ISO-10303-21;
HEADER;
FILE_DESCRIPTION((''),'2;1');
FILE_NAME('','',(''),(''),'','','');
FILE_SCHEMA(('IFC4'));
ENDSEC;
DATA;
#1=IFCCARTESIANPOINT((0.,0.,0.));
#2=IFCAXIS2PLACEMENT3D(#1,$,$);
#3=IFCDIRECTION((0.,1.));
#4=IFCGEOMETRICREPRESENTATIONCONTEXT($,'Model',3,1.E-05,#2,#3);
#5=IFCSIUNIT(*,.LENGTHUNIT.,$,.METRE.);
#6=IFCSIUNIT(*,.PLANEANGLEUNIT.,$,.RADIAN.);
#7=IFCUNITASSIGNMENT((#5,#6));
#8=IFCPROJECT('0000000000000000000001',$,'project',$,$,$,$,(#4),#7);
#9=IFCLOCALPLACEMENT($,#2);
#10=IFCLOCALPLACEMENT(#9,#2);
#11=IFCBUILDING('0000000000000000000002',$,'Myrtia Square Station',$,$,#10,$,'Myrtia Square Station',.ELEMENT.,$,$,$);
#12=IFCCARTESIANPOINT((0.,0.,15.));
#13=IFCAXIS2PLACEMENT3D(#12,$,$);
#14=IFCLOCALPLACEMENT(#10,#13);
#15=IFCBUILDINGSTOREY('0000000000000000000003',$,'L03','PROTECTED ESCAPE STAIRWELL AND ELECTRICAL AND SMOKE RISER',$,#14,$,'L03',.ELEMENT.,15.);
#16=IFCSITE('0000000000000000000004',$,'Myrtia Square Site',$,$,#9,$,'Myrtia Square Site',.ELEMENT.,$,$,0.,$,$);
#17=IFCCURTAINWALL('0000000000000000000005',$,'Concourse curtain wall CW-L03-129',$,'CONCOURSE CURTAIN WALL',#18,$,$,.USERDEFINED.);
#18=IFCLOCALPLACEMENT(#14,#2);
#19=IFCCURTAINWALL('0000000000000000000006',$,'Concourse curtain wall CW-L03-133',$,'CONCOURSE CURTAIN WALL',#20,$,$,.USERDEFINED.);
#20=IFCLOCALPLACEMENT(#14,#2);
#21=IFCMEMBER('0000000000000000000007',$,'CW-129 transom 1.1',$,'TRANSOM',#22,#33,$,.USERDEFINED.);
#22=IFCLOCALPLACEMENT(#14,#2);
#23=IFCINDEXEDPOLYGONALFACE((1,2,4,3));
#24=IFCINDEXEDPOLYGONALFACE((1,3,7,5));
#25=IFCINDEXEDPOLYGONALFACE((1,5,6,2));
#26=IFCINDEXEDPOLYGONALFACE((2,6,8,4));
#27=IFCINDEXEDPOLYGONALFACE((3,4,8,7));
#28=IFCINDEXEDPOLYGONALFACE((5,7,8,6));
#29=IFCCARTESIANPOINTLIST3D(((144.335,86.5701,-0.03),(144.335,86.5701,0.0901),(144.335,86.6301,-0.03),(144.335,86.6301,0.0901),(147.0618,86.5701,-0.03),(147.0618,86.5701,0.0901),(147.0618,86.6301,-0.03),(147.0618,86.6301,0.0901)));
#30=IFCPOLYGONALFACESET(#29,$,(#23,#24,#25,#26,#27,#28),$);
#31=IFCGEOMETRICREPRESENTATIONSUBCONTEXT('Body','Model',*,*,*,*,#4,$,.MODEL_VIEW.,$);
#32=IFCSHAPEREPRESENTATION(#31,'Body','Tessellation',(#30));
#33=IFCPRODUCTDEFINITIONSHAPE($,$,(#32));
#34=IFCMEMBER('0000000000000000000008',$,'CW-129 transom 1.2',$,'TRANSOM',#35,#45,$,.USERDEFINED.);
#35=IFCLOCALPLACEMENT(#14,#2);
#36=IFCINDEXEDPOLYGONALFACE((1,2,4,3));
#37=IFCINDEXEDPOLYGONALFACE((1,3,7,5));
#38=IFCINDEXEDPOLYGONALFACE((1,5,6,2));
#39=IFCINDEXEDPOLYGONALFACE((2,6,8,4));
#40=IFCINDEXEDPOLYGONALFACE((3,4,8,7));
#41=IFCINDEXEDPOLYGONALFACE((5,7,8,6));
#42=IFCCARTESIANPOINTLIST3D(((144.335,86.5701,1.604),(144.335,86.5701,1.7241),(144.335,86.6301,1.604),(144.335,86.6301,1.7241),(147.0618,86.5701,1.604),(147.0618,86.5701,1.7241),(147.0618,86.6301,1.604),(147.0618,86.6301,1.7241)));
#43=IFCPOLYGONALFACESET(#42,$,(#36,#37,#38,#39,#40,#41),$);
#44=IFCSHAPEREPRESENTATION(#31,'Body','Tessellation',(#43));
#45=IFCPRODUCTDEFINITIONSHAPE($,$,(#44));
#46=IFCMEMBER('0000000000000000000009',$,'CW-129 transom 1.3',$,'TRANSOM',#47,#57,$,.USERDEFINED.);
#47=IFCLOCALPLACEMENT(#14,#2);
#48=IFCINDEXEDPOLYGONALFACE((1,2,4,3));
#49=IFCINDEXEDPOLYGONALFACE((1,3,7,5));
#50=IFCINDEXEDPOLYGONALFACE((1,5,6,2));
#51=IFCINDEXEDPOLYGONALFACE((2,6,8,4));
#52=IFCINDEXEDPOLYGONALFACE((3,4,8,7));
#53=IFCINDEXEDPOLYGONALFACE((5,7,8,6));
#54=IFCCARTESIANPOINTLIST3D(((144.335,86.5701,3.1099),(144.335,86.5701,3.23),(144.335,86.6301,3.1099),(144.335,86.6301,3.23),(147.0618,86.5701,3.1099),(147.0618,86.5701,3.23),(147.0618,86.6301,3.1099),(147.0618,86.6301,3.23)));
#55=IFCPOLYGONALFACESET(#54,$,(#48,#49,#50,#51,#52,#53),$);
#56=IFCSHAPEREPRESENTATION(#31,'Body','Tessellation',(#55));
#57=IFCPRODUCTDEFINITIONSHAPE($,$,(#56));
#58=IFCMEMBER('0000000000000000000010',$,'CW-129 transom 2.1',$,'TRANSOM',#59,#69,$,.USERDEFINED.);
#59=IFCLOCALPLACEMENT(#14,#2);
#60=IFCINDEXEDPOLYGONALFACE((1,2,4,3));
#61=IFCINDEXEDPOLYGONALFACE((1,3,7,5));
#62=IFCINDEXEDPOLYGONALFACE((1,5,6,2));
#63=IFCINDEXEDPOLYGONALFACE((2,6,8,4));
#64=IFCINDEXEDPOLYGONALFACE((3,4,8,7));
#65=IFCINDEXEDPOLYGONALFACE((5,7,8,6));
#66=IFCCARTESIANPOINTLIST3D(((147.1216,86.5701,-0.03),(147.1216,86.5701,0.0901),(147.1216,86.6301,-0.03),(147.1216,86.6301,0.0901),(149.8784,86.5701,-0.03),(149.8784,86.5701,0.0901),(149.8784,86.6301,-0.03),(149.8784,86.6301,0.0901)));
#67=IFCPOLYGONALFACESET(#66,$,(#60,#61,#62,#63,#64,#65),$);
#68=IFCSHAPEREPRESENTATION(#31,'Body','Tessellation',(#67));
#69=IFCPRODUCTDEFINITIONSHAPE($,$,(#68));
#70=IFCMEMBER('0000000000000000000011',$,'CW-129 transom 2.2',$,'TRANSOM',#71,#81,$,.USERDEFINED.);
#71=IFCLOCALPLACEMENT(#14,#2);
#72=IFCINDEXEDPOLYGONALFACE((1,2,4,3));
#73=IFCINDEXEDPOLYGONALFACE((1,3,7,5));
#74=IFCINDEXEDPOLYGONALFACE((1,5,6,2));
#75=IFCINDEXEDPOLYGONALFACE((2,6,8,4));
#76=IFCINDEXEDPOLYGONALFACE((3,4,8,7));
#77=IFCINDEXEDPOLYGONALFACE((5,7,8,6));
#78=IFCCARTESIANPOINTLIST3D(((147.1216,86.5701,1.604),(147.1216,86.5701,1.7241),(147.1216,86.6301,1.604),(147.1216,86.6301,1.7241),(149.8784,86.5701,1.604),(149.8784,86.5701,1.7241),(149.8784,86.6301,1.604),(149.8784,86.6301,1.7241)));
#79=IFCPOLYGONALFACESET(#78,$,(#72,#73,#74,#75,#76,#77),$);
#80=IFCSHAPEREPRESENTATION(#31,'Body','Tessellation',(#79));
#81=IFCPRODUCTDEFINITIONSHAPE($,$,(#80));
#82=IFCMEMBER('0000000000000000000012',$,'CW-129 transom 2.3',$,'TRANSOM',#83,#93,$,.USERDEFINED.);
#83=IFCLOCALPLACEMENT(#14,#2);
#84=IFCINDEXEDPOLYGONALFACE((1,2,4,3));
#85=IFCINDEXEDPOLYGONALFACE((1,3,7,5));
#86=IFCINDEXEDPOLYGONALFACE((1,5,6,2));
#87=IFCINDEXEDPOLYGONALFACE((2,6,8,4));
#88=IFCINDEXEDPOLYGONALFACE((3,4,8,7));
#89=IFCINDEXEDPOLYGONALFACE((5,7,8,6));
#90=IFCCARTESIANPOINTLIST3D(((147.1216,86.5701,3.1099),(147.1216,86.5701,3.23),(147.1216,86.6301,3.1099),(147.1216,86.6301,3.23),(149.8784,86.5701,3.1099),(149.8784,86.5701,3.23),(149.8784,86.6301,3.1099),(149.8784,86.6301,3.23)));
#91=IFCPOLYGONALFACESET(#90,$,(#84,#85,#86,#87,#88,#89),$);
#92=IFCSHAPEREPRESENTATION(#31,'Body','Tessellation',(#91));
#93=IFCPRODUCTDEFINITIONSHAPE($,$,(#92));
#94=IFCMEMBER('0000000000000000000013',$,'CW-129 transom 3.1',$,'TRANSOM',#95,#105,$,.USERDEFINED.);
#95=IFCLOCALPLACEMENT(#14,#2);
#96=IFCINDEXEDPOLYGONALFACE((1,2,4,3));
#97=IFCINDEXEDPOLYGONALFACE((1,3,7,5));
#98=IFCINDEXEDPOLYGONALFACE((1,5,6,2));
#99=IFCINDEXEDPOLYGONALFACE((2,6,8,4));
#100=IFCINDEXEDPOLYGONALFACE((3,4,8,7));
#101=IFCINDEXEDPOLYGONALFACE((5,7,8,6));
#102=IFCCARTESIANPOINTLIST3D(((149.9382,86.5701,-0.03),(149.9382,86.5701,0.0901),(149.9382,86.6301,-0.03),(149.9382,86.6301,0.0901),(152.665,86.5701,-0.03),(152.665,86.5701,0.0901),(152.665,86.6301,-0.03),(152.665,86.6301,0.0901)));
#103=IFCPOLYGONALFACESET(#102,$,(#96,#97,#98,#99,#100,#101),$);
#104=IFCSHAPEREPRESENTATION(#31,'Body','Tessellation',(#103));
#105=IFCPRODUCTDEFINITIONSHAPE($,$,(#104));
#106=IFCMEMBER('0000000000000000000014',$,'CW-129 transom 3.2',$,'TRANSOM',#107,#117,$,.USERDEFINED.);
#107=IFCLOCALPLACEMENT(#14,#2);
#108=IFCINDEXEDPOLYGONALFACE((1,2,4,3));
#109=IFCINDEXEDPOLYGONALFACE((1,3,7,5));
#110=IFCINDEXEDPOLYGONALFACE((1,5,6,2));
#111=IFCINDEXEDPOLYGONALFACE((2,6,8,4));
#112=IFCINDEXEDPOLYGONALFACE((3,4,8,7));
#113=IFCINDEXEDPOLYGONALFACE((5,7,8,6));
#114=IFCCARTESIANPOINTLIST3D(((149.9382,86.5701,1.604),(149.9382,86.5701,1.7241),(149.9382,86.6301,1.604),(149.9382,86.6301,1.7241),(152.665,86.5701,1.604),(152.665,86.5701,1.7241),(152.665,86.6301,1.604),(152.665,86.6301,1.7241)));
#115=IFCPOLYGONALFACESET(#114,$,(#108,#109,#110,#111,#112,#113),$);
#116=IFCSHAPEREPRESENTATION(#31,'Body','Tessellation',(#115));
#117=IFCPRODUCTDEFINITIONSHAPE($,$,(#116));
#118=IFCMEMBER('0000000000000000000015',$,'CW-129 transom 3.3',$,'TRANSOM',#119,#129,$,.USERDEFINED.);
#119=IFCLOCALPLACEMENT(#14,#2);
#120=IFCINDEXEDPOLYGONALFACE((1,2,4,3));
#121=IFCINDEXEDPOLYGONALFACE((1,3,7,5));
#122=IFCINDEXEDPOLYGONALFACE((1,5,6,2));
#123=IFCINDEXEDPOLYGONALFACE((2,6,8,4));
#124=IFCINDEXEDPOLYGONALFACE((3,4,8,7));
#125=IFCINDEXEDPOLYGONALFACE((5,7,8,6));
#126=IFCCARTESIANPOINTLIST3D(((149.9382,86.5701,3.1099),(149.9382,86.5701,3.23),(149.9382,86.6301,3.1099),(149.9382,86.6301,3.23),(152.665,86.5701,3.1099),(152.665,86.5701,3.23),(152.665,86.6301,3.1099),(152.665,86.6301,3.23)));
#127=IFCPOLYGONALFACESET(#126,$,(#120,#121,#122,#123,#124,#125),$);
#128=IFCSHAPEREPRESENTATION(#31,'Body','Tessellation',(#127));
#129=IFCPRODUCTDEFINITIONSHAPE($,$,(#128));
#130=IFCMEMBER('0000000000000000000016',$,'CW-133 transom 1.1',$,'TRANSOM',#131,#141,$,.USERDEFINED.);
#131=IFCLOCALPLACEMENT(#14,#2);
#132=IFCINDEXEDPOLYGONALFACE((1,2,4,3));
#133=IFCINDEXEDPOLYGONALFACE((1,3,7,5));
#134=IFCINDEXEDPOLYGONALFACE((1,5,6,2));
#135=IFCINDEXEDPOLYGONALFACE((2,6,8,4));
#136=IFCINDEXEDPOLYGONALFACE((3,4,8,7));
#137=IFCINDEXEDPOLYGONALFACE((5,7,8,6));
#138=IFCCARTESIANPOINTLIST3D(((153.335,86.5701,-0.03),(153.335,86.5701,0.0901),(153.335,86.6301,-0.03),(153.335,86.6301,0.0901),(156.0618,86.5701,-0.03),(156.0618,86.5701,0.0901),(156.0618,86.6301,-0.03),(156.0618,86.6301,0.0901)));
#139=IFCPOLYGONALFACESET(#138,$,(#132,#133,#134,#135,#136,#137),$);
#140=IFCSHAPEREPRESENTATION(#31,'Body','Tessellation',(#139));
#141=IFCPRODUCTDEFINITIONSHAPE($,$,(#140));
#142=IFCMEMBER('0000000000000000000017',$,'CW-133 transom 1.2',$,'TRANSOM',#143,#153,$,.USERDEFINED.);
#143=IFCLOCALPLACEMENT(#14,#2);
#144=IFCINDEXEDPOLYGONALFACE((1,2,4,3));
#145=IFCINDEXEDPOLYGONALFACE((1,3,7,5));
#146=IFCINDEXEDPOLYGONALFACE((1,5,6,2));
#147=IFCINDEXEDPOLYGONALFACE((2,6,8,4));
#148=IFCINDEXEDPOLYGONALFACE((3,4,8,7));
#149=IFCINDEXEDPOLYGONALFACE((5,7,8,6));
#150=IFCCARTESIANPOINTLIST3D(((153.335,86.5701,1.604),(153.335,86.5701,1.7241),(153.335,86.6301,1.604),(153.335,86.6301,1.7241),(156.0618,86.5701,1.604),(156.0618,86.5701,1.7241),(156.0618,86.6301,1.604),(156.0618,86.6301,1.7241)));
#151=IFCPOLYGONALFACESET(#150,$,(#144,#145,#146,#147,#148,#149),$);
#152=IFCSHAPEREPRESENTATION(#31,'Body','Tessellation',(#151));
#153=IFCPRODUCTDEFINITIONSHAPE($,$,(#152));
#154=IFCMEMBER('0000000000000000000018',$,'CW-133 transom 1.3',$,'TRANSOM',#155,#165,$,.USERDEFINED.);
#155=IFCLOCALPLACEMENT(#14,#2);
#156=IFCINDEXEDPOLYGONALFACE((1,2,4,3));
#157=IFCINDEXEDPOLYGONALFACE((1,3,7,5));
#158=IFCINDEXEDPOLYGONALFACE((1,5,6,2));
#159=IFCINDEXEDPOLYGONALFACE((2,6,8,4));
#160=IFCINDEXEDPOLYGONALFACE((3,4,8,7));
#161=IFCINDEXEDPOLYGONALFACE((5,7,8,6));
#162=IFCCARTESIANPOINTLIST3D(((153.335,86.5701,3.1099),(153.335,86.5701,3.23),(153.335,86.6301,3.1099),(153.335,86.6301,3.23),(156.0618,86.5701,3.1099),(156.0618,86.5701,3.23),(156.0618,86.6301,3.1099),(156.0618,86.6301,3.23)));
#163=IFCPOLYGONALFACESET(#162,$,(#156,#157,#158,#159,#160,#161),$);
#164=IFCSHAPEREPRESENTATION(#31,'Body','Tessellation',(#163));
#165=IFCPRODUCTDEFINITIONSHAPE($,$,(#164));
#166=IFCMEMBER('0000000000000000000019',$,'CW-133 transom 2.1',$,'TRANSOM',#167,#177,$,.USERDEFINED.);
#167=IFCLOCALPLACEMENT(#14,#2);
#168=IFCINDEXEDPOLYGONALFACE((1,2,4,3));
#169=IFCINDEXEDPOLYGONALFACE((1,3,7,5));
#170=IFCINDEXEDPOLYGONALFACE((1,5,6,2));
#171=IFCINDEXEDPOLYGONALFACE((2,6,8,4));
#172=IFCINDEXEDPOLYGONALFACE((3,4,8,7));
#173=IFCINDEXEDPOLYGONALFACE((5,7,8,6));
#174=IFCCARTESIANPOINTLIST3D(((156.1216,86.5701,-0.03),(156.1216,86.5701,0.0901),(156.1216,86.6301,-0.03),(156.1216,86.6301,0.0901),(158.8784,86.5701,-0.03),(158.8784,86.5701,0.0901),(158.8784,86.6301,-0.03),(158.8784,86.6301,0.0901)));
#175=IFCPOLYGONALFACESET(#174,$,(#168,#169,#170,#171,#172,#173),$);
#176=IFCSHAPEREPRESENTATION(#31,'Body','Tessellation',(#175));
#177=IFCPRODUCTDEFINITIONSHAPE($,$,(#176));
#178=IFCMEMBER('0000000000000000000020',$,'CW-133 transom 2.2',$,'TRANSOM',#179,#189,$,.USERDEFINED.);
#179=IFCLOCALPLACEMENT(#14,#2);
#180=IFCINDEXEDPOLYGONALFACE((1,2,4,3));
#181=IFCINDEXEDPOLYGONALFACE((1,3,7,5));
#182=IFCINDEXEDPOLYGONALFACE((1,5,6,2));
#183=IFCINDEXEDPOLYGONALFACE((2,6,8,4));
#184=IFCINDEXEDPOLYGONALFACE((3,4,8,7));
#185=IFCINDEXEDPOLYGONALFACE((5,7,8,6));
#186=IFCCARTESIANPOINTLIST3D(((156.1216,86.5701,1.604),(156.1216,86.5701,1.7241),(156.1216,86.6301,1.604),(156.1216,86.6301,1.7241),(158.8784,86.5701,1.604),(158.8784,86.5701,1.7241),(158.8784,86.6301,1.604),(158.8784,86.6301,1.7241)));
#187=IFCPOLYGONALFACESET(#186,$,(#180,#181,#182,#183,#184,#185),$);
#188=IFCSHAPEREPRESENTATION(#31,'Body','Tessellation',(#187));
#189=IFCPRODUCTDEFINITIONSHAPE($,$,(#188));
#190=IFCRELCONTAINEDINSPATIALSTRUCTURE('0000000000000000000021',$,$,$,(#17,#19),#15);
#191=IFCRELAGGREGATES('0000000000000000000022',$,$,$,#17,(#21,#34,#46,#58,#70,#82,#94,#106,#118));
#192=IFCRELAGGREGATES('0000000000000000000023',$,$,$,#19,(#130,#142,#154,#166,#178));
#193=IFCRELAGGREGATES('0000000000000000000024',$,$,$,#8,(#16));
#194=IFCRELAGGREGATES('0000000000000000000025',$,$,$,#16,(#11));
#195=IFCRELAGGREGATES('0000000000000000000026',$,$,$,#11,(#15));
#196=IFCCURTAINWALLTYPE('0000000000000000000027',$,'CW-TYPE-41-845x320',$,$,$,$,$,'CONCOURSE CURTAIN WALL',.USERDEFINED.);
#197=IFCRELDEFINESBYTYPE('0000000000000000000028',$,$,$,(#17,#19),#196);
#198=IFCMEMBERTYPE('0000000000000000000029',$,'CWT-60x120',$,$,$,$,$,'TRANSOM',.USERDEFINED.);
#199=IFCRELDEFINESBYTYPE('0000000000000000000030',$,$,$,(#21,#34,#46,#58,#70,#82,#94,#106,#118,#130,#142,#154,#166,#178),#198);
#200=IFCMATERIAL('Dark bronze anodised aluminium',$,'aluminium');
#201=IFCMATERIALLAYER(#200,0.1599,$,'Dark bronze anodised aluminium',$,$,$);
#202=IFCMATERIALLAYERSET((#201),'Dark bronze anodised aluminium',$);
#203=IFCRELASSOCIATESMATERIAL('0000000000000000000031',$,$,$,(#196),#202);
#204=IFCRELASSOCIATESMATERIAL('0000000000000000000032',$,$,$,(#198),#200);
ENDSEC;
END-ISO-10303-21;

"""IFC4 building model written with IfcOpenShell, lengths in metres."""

from ifc_helpers import new_model, si_unit, direction, frame, origin, origin_2d, place, context, subcontext, project, spatial, rectangle, extrude, material, layer, layer_set, material_profile, profile_set, type_object, element, aggregate, save


model = new_model("IFC4")

# Units and contexts
model_context = context("Model", 3, precision=1e-05, world=origin(), true_north=direction((0.0, 1.0)))
body_context = subcontext(model_context, "Body", "Model", "MODEL_VIEW")
ifc_project = project(units=[si_unit("LENGTHUNIT", "METRE"), si_unit("PLANEANGLEUNIT", "RADIAN")], contexts=[model_context])

# Site, building, storey
site_placement = place(None, origin())
site = spatial("IfcSite", under=ifc_project, at=site_placement, Name="Myrtia Square Site", LongName="Myrtia Square Site", CompositionType="ELEMENT", RefElevation=0.0)
building_placement = place(site_placement, origin())
building = spatial("IfcBuilding", under=site, at=building_placement, Name="Myrtia Square Station", LongName="Myrtia Square Station", CompositionType="ELEMENT")
storey_placement = place(building_placement, frame((0.0, 0.0, 15.0)))
storey = spatial("IfcBuildingStorey", under=building, at=storey_placement, Name="L03", Description="PROTECTED ESCAPE STAIRWELL AND ELECTRICAL AND SMOKE RISER", LongName="L03", CompositionType="ELEMENT", Elevation=15.0)

# Shared definitions
ifc_material_1 = material(Name="Dark bronze anodised aluminium", Category="aluminium")
ifc_layer_1 = layer(ifc_material_1, 0.1599, Name="Dark bronze anodised aluminium")
ifc_layer_set_1 = layer_set([ifc_layer_1], Name="Dark bronze anodised aluminium")
curtain_wall_type = type_object("IfcCurtainWallType", Name="CW-TYPE-41-845x320", ElementType="CONCOURSE CURTAIN WALL", PredefinedType="USERDEFINED", material=ifc_layer_set_1)

# Curtain walls
curtain_wall_1_placement = place(storey_placement, origin())
curtain_wall_1 = element("IfcCurtainWall", 1, at=curtain_wall_1_placement, inside=storey, type_object=curtain_wall_type, Name="Concourse curtain wall CW-L03-129", ObjectType="CONCOURSE CURTAIN WALL", PredefinedType="USERDEFINED")
curtain_wall_2_placement = place(storey_placement, origin())
curtain_wall_2 = element("IfcCurtainWall", 2, at=curtain_wall_2_placement, inside=storey, type_object=curtain_wall_type, Name="Concourse curtain wall CW-L03-133", ObjectType="CONCOURSE CURTAIN WALL", PredefinedType="USERDEFINED")

# Members
ifc_material_profile_1 = material_profile(ifc_material_1, rectangle(XDim=0.0601, YDim=0.1201, at=origin_2d()), Name="ALU-T 60x120")
ifc_profile_set_1 = profile_set([ifc_material_profile_1], Name="Dark bronze anodised aluminium")
member_type_1 = type_object("IfcMemberType", Name="CWT-60x120", ElementType="TRANSOM", PredefinedType="USERDEFINED", material=ifc_profile_set_1)
member_1_placement = place(storey_placement, frame((144.335, 86.6001, 0.03), z_axis=(1.0, 0.0, 0.0), x_axis=(0.0, 1.0, 0.0)))
member_1 = element("IfcMember", 3, at=member_1_placement, type_object=member_type_1, Name="CW-129 transom 1.1", ObjectType="TRANSOM", PredefinedType="USERDEFINED", context=body_context, shape_type="SweptSolid", body=[
    extrude(rectangle(XDim=0.0601, YDim=0.1201, at=origin_2d()), origin(), (0.0, 0.0, 1.0), 2.7268),
])
member_2_placement = place(storey_placement, frame((144.335, 86.6001, 1.6641), z_axis=(1.0, 0.0, 0.0), x_axis=(0.0, 1.0, 0.0)))
member_2 = element("IfcMember", 4, at=member_2_placement, type_object=member_type_1, Name="CW-129 transom 1.2", ObjectType="TRANSOM", PredefinedType="USERDEFINED", context=body_context, shape_type="SweptSolid", body=[
    extrude(rectangle(XDim=0.0601, YDim=0.1201, at=origin_2d()), origin(), (0.0, 0.0, 1.0), 2.7268),
])
member_3_placement = place(storey_placement, frame((144.335, 86.6001, 3.1699), z_axis=(1.0, 0.0, 0.0), x_axis=(0.0, 1.0, 0.0)))
member_3 = element("IfcMember", 5, at=member_3_placement, type_object=member_type_1, Name="CW-129 transom 1.3", ObjectType="TRANSOM", PredefinedType="USERDEFINED", context=body_context, shape_type="SweptSolid", body=[
    extrude(rectangle(XDim=0.0601, YDim=0.1201, at=origin_2d()), origin(), (0.0, 0.0, 1.0), 2.7268),
])
member_4_placement = place(storey_placement, frame((147.1216, 86.6001, 0.03), z_axis=(1.0, 0.0, 0.0), x_axis=(0.0, 1.0, 0.0)))
member_4 = element("IfcMember", 6, at=member_4_placement, type_object=member_type_1, Name="CW-129 transom 2.1", ObjectType="TRANSOM", PredefinedType="USERDEFINED", context=body_context, shape_type="SweptSolid", body=[
    extrude(rectangle(XDim=0.0601, YDim=0.1201, at=origin_2d()), origin(), (0.0, 0.0, 1.0), 2.7568),
])
member_5_placement = place(storey_placement, frame((147.1216, 86.6001, 1.6641), z_axis=(1.0, 0.0, 0.0), x_axis=(0.0, 1.0, 0.0)))
member_5 = element("IfcMember", 7, at=member_5_placement, type_object=member_type_1, Name="CW-129 transom 2.2", ObjectType="TRANSOM", PredefinedType="USERDEFINED", context=body_context, shape_type="SweptSolid", body=[
    extrude(rectangle(XDim=0.0601, YDim=0.1201, at=origin_2d()), origin(), (0.0, 0.0, 1.0), 2.7568),
])
member_6_placement = place(storey_placement, frame((147.1216, 86.6001, 3.1699), z_axis=(1.0, 0.0, 0.0), x_axis=(0.0, 1.0, 0.0)))
member_6 = element("IfcMember", 8, at=member_6_placement, type_object=member_type_1, Name="CW-129 transom 2.3", ObjectType="TRANSOM", PredefinedType="USERDEFINED", context=body_context, shape_type="SweptSolid", body=[
    extrude(rectangle(XDim=0.0601, YDim=0.1201, at=origin_2d()), origin(), (0.0, 0.0, 1.0), 2.7568),
])
member_7_placement = place(storey_placement, frame((149.9382, 86.6001, 0.03), z_axis=(1.0, 0.0, 0.0), x_axis=(0.0, 1.0, 0.0)))
member_7 = element("IfcMember", 9, at=member_7_placement, type_object=member_type_1, Name="CW-129 transom 3.1", ObjectType="TRANSOM", PredefinedType="USERDEFINED", context=body_context, shape_type="SweptSolid", body=[
    extrude(rectangle(XDim=0.0601, YDim=0.1201, at=origin_2d()), origin(), (0.0, 0.0, 1.0), 2.7268),
])
member_8_placement = place(storey_placement, frame((149.9382, 86.6001, 1.6641), z_axis=(1.0, 0.0, 0.0), x_axis=(0.0, 1.0, 0.0)))
member_8 = element("IfcMember", 10, at=member_8_placement, type_object=member_type_1, Name="CW-129 transom 3.2", ObjectType="TRANSOM", PredefinedType="USERDEFINED", context=body_context, shape_type="SweptSolid", body=[
    extrude(rectangle(XDim=0.0601, YDim=0.1201, at=origin_2d()), origin(), (0.0, 0.0, 1.0), 2.7268),
])
member_9_placement = place(storey_placement, frame((149.9382, 86.6001, 3.1699), z_axis=(1.0, 0.0, 0.0), x_axis=(0.0, 1.0, 0.0)))
member_9 = element("IfcMember", 11, at=member_9_placement, type_object=member_type_1, Name="CW-129 transom 3.3", ObjectType="TRANSOM", PredefinedType="USERDEFINED", context=body_context, shape_type="SweptSolid", body=[
    extrude(rectangle(XDim=0.0601, YDim=0.1201, at=origin_2d()), origin(), (0.0, 0.0, 1.0), 2.7268),
])
member_10_placement = place(storey_placement, frame((153.335, 86.6001, 0.03), z_axis=(1.0, 0.0, 0.0), x_axis=(0.0, 1.0, 0.0)))
member_10 = element("IfcMember", 12, at=member_10_placement, type_object=member_type_1, Name="CW-133 transom 1.1", ObjectType="TRANSOM", PredefinedType="USERDEFINED", context=body_context, shape_type="SweptSolid", body=[
    extrude(rectangle(XDim=0.0601, YDim=0.1201, at=origin_2d()), origin(), (0.0, 0.0, 1.0), 2.7268),
])
member_11_placement = place(storey_placement, frame((153.335, 86.6001, 1.6641), z_axis=(1.0, 0.0, 0.0), x_axis=(0.0, 1.0, 0.0)))
member_11 = element("IfcMember", 13, at=member_11_placement, type_object=member_type_1, Name="CW-133 transom 1.2", ObjectType="TRANSOM", PredefinedType="USERDEFINED", context=body_context, shape_type="SweptSolid", body=[
    extrude(rectangle(XDim=0.0601, YDim=0.1201, at=origin_2d()), origin(), (0.0, 0.0, 1.0), 2.7268),
])
member_12_placement = place(storey_placement, frame((153.335, 86.6001, 3.1699), z_axis=(1.0, 0.0, 0.0), x_axis=(0.0, 1.0, 0.0)))
member_12 = element("IfcMember", 14, at=member_12_placement, type_object=member_type_1, Name="CW-133 transom 1.3", ObjectType="TRANSOM", PredefinedType="USERDEFINED", context=body_context, shape_type="SweptSolid", body=[
    extrude(rectangle(XDim=0.0601, YDim=0.1201, at=origin_2d()), origin(), (0.0, 0.0, 1.0), 2.7268),
])
member_13_placement = place(storey_placement, frame((156.1216, 86.6001, 0.03), z_axis=(1.0, 0.0, 0.0), x_axis=(0.0, 1.0, 0.0)))
member_13 = element("IfcMember", 15, at=member_13_placement, type_object=member_type_1, Name="CW-133 transom 2.1", ObjectType="TRANSOM", PredefinedType="USERDEFINED", context=body_context, shape_type="SweptSolid", body=[
    extrude(rectangle(XDim=0.0601, YDim=0.1201, at=origin_2d()), origin(), (0.0, 0.0, 1.0), 2.7568),
])
member_14_placement = place(storey_placement, frame((156.1216, 86.6001, 1.6641), z_axis=(1.0, 0.0, 0.0), x_axis=(0.0, 1.0, 0.0)))
member_14 = element("IfcMember", 16, at=member_14_placement, type_object=member_type_1, Name="CW-133 transom 2.2", ObjectType="TRANSOM", PredefinedType="USERDEFINED", context=body_context, shape_type="SweptSolid", body=[
    extrude(rectangle(XDim=0.0601, YDim=0.1201, at=origin_2d()), origin(), (0.0, 0.0, 1.0), 2.7568),
])

aggregate(curtain_wall_1, [member_1, member_2, member_3, member_4, member_5, member_6, member_7, member_8, member_9])
aggregate(curtain_wall_2, [member_10, member_11, member_12, member_13, member_14])

save(model, "model.ifc")
